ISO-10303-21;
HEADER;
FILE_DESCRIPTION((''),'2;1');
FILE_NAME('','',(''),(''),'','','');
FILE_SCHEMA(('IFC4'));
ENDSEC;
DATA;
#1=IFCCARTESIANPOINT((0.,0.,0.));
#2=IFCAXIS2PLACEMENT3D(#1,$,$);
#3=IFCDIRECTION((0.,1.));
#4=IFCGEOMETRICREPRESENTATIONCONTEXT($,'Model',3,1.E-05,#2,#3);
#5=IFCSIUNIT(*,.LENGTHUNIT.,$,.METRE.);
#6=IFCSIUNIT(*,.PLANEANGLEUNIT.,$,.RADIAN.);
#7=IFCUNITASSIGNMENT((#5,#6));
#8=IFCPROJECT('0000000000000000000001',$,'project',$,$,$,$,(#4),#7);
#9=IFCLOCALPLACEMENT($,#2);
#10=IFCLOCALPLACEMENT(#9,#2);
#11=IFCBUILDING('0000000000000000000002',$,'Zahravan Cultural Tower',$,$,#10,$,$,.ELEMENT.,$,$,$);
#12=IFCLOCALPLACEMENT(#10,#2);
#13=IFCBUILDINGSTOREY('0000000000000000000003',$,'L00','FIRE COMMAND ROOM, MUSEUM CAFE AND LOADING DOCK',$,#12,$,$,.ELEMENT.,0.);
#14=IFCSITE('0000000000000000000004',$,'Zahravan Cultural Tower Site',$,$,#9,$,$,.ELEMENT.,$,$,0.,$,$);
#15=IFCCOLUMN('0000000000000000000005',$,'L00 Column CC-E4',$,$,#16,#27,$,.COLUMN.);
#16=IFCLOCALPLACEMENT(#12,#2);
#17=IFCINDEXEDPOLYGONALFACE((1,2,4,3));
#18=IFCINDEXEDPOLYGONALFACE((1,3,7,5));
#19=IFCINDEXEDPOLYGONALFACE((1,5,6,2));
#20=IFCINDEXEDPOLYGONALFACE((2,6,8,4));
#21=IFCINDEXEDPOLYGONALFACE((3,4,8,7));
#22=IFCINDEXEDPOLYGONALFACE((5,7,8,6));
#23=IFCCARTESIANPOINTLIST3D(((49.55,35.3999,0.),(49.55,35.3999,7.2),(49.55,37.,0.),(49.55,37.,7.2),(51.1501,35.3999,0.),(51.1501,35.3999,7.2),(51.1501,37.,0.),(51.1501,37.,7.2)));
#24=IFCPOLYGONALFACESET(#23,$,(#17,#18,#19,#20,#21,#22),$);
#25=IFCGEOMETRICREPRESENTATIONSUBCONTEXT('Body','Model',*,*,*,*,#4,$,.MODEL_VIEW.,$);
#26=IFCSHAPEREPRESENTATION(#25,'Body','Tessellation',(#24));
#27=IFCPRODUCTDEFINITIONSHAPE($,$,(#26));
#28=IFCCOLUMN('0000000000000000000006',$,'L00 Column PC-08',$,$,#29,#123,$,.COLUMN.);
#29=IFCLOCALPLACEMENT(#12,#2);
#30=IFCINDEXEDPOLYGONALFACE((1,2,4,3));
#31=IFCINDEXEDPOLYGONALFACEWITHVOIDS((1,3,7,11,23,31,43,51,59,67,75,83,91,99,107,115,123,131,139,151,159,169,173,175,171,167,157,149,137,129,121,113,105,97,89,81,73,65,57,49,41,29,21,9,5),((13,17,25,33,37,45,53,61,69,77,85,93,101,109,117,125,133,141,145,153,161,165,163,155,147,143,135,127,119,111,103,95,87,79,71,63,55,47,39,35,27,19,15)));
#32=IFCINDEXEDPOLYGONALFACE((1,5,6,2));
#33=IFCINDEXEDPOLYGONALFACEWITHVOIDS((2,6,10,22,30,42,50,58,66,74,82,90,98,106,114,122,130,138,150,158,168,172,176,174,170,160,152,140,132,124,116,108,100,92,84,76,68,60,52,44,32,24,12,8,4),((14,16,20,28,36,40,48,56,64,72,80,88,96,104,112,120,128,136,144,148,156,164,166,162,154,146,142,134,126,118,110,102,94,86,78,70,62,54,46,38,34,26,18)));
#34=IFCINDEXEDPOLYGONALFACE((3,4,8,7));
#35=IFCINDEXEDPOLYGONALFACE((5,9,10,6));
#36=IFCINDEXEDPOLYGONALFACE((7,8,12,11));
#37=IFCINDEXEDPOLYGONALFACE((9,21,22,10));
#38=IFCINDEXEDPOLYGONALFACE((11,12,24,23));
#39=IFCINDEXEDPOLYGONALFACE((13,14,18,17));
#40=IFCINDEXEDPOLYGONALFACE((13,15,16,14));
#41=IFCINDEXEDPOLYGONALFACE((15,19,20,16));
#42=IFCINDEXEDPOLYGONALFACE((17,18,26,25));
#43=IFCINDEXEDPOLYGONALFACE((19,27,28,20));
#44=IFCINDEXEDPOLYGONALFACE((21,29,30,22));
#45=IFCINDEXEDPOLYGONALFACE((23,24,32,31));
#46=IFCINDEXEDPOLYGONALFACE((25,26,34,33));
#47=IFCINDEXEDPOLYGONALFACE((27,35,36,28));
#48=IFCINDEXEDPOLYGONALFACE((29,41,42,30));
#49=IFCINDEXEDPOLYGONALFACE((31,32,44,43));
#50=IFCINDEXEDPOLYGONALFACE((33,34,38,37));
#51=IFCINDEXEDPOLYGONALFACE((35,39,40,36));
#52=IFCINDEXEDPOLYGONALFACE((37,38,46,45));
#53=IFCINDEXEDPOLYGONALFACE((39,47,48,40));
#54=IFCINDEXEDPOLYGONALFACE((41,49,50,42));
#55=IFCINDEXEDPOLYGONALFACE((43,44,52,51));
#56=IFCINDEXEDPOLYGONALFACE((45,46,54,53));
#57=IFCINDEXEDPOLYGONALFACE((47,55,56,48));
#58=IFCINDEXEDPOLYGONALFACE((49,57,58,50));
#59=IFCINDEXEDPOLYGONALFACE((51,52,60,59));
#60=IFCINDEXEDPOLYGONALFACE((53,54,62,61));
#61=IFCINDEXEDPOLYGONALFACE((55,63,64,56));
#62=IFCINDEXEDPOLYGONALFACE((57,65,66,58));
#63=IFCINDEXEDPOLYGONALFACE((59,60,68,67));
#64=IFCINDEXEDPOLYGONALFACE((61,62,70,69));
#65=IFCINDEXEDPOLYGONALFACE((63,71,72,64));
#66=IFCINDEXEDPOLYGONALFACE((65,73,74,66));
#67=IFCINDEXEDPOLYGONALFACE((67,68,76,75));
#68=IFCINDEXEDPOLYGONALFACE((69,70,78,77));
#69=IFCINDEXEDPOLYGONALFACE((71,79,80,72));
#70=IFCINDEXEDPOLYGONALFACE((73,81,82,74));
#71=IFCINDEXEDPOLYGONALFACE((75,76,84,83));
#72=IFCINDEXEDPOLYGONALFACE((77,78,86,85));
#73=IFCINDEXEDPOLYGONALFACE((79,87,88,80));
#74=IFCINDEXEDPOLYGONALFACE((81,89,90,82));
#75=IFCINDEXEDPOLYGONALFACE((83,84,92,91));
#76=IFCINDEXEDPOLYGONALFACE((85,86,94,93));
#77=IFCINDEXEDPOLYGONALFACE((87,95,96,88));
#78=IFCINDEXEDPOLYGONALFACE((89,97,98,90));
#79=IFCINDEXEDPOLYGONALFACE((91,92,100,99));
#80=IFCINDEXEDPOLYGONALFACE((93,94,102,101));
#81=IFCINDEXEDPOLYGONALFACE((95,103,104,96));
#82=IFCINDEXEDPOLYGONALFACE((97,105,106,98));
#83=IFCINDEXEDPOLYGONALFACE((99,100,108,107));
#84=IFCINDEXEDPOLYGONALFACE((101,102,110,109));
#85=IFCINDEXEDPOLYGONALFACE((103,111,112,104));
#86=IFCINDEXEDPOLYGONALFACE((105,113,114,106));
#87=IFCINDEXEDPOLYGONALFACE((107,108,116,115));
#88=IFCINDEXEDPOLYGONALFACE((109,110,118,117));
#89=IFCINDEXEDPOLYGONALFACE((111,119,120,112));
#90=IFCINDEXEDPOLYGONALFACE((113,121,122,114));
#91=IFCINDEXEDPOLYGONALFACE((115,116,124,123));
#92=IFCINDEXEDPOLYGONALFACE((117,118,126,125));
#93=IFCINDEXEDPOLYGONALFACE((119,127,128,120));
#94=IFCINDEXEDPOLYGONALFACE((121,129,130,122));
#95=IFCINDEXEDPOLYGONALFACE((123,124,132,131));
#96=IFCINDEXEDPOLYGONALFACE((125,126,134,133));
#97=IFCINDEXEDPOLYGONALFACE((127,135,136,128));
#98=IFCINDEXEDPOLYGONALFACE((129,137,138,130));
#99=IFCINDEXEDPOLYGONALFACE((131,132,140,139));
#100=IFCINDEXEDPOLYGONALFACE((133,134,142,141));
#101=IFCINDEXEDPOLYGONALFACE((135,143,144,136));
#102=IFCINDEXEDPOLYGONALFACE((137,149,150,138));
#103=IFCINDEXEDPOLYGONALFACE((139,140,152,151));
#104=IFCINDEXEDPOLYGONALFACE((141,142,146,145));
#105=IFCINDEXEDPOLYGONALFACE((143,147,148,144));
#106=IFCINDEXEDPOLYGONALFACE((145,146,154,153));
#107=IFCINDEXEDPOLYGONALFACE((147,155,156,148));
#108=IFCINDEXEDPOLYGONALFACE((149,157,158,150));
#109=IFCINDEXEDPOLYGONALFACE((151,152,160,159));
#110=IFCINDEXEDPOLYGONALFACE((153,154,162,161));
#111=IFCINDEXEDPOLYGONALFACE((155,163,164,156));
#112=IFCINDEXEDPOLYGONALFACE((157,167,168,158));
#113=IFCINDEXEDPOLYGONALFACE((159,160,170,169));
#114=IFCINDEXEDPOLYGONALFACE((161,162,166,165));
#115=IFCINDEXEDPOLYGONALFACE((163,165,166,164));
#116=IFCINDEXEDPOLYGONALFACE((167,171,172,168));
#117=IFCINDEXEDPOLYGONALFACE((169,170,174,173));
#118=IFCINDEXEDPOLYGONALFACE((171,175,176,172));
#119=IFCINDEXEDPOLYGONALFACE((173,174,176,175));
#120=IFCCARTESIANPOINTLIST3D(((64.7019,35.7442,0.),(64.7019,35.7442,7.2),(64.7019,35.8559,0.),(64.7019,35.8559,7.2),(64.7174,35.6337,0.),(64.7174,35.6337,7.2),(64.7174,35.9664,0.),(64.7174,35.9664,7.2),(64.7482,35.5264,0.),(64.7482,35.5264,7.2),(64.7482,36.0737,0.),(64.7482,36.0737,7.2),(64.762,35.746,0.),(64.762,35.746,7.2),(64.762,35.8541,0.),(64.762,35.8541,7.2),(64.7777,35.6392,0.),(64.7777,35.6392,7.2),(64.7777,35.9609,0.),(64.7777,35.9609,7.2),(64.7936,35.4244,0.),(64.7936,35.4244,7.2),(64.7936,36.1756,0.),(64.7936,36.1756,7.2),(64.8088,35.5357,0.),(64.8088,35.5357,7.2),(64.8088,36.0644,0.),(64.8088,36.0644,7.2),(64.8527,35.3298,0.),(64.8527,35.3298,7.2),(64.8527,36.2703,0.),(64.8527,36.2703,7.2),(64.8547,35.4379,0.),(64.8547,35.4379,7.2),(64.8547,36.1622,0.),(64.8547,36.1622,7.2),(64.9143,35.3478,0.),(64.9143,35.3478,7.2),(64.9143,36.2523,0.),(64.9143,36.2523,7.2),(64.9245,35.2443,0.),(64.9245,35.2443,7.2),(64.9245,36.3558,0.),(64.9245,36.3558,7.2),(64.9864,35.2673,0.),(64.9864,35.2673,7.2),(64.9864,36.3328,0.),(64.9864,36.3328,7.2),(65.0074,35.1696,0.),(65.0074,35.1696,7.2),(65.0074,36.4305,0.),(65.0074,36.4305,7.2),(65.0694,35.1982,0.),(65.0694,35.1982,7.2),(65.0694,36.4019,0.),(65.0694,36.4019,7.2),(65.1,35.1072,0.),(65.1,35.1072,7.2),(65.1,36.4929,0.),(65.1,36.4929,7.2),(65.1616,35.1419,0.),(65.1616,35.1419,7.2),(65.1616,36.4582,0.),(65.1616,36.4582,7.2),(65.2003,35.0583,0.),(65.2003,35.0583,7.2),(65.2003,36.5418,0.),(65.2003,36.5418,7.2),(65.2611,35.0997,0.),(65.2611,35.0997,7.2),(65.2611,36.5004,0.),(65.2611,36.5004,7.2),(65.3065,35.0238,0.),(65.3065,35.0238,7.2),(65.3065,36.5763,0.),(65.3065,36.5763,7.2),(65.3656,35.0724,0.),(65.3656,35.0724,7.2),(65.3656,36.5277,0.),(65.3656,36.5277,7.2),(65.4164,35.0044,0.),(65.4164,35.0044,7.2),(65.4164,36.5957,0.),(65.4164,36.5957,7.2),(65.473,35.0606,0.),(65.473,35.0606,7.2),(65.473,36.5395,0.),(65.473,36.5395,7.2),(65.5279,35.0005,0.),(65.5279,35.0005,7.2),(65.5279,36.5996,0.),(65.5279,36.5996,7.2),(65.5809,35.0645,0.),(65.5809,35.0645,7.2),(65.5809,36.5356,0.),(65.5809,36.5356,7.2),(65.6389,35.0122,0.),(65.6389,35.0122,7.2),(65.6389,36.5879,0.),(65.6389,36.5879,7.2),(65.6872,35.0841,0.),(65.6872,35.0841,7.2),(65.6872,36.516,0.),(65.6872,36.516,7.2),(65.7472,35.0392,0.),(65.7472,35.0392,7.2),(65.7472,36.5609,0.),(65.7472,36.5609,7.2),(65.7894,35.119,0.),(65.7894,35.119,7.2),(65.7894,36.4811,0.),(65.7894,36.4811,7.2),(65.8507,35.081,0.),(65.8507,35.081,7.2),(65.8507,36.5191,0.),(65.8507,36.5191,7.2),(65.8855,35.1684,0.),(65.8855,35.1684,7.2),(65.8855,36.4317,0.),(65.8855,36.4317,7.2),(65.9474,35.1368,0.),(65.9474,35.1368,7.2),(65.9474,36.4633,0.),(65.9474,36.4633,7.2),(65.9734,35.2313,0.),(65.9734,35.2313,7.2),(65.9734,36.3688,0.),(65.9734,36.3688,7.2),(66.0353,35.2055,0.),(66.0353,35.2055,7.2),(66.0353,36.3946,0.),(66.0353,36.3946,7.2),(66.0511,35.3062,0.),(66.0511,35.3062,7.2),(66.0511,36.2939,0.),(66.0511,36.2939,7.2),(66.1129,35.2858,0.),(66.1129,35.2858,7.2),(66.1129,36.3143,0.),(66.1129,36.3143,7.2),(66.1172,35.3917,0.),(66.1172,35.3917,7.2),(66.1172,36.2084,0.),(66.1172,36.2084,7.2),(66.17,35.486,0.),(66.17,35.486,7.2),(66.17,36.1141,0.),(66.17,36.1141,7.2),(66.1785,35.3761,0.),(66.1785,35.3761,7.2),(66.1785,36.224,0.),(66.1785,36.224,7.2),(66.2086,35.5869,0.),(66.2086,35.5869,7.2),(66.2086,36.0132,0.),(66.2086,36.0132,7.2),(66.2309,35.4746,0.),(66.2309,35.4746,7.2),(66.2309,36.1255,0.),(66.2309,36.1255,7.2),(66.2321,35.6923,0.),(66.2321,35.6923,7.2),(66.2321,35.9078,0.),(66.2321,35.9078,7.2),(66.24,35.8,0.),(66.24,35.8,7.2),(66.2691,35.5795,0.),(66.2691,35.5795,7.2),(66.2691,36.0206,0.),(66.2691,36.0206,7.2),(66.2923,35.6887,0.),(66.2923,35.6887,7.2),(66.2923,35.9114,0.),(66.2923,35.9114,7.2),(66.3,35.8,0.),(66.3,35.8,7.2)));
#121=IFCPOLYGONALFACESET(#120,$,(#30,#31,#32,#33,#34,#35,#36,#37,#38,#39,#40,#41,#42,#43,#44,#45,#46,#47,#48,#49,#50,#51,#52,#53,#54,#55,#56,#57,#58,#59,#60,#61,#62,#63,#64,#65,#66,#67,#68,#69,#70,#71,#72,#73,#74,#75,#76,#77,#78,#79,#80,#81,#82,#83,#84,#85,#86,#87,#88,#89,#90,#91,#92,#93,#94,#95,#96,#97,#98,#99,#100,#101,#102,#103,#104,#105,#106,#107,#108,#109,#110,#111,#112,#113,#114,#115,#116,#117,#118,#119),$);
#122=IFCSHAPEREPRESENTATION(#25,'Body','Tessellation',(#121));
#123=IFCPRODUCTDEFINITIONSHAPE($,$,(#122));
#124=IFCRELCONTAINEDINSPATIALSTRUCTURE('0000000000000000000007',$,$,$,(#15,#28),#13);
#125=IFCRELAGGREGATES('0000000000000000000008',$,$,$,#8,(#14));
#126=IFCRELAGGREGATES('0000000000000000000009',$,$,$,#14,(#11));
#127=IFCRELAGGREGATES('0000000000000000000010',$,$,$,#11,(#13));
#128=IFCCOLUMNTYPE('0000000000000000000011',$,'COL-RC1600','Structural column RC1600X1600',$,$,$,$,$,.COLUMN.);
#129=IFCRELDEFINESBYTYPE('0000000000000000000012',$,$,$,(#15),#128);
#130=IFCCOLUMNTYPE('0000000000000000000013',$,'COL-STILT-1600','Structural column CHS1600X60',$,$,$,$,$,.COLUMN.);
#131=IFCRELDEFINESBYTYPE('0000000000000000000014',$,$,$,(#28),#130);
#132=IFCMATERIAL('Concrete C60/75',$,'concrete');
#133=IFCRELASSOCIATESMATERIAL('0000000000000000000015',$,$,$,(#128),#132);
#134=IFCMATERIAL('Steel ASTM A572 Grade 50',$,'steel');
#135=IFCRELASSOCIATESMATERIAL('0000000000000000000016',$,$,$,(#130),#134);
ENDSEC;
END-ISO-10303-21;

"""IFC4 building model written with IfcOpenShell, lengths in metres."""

from ifc_helpers import new_model, si_unit, direction, frame, origin, origin_2d, place, context, subcontext, project, spatial, rectangle, hollow_circle, extrude, source, transform, mapped, material, material_profile, profile_set, type_object, element, save


model = new_model("IFC4")

# Units and contexts
model_context = context("Model", 3, precision=1e-05, world=origin(), true_north=direction((0.0, 1.0)))
body_context = subcontext(model_context, "Body", "Model", "MODEL_VIEW")
ifc_project = project(units=[si_unit("LENGTHUNIT", "METRE"), si_unit("PLANEANGLEUNIT", "RADIAN")], contexts=[model_context])

# Site, building, storey
site_placement = place(None, origin())
site = spatial("IfcSite", under=ifc_project, at=site_placement, Name="Zahravan Cultural Tower Site", CompositionType="ELEMENT", RefElevation=0.0)
building_placement = place(site_placement, origin())
building = spatial("IfcBuilding", under=site, at=building_placement, Name="Zahravan Cultural Tower", CompositionType="ELEMENT")
storey_placement = place(building_placement, origin())
storey = spatial("IfcBuildingStorey", under=building, at=storey_placement, Name="L00", Description="FIRE COMMAND ROOM, MUSEUM CAFE AND LOADING DOCK", CompositionType="ELEMENT", Elevation=0.0)

# Columns
ifc_material_1 = material(Name="Concrete C60/75", Category="concrete")
ifc_material_profile_1 = material_profile(ifc_material_1, rectangle(XDim=1.6001, YDim=1.6001, at=origin_2d()), Name="RC1600X1600")
ifc_profile_set_1 = profile_set([ifc_material_profile_1], Name="Concrete C60/75")
column_type_1 = type_object("IfcColumnType", Name="COL-RC1600", Description="Structural column RC1600X1600", PredefinedType="COLUMN", material=ifc_profile_set_1)
shared_shape_1 = source(origin(), body_context, "Body", "SweptSolid", [
    extrude(rectangle(XDim=1.6001, YDim=1.6001, at=origin_2d()), origin(), (0.0, 0.0, 1.0), 7.2),
])
column_1_placement = place(storey_placement, frame((50.3501, 36.2, 0.0), z_axis=(0.0, 0.0, 1.0), x_axis=(1.0, 0.0, 0.0)))
element("IfcColumn", 1, at=column_1_placement, inside=storey, type_object=column_type_1, Name="L00 Column CC-E4", PredefinedType="COLUMN", context=body_context, shape_type="MappedRepresentation", body=[
    mapped(shared_shape_1, transform((0.0, 0.0, 0.0), x_axis=(1.0, 0.0, 0.0), y_axis=(0.0, 1.0, 0.0), z_axis=(0.0, 0.0, 1.0), scale=1.0)),
])
ifc_material_2 = material(Name="Steel ASTM A572 Grade 50", Category="steel")
ifc_material_profile_2 = material_profile(ifc_material_2, hollow_circle(Radius=0.8, WallThickness=0.0601, at=origin_2d()), Name="CHS1600X60")
ifc_profile_set_2 = profile_set([ifc_material_profile_2], Name="Steel ASTM A572 Grade 50")
column_type_2 = type_object("IfcColumnType", Name="COL-STILT-1600", Description="Structural column CHS1600X60", PredefinedType="COLUMN", material=ifc_profile_set_2)
shared_shape_2 = source(origin(), body_context, "Body", "SweptSolid", [
    extrude(hollow_circle(Radius=0.8, WallThickness=0.0601, at=origin_2d()), origin(), (0.0, 0.0, 1.0), 7.2),
])
for number, where, z_axis, x_axis, name in (
    (2, (65.5, 35.8, 0.0), (0.0, 0.0, 1.0), (1.0, 0.0, 0.0), "L00 Column PC-08"),
):
    element("IfcColumn", number, at=place(storey_placement, frame(where, z_axis=z_axis, x_axis=x_axis)), inside=storey, type_object=column_type_2, Name=name, PredefinedType="COLUMN", context=body_context, shape_type="MappedRepresentation", body=[
        mapped(shared_shape_2, transform((0.0, 0.0, 0.0), x_axis=(1.0, 0.0, 0.0), y_axis=(0.0, 1.0, 0.0), z_axis=(0.0, 0.0, 1.0), scale=1.0)),
    ])

save(model, "model.ifc")
